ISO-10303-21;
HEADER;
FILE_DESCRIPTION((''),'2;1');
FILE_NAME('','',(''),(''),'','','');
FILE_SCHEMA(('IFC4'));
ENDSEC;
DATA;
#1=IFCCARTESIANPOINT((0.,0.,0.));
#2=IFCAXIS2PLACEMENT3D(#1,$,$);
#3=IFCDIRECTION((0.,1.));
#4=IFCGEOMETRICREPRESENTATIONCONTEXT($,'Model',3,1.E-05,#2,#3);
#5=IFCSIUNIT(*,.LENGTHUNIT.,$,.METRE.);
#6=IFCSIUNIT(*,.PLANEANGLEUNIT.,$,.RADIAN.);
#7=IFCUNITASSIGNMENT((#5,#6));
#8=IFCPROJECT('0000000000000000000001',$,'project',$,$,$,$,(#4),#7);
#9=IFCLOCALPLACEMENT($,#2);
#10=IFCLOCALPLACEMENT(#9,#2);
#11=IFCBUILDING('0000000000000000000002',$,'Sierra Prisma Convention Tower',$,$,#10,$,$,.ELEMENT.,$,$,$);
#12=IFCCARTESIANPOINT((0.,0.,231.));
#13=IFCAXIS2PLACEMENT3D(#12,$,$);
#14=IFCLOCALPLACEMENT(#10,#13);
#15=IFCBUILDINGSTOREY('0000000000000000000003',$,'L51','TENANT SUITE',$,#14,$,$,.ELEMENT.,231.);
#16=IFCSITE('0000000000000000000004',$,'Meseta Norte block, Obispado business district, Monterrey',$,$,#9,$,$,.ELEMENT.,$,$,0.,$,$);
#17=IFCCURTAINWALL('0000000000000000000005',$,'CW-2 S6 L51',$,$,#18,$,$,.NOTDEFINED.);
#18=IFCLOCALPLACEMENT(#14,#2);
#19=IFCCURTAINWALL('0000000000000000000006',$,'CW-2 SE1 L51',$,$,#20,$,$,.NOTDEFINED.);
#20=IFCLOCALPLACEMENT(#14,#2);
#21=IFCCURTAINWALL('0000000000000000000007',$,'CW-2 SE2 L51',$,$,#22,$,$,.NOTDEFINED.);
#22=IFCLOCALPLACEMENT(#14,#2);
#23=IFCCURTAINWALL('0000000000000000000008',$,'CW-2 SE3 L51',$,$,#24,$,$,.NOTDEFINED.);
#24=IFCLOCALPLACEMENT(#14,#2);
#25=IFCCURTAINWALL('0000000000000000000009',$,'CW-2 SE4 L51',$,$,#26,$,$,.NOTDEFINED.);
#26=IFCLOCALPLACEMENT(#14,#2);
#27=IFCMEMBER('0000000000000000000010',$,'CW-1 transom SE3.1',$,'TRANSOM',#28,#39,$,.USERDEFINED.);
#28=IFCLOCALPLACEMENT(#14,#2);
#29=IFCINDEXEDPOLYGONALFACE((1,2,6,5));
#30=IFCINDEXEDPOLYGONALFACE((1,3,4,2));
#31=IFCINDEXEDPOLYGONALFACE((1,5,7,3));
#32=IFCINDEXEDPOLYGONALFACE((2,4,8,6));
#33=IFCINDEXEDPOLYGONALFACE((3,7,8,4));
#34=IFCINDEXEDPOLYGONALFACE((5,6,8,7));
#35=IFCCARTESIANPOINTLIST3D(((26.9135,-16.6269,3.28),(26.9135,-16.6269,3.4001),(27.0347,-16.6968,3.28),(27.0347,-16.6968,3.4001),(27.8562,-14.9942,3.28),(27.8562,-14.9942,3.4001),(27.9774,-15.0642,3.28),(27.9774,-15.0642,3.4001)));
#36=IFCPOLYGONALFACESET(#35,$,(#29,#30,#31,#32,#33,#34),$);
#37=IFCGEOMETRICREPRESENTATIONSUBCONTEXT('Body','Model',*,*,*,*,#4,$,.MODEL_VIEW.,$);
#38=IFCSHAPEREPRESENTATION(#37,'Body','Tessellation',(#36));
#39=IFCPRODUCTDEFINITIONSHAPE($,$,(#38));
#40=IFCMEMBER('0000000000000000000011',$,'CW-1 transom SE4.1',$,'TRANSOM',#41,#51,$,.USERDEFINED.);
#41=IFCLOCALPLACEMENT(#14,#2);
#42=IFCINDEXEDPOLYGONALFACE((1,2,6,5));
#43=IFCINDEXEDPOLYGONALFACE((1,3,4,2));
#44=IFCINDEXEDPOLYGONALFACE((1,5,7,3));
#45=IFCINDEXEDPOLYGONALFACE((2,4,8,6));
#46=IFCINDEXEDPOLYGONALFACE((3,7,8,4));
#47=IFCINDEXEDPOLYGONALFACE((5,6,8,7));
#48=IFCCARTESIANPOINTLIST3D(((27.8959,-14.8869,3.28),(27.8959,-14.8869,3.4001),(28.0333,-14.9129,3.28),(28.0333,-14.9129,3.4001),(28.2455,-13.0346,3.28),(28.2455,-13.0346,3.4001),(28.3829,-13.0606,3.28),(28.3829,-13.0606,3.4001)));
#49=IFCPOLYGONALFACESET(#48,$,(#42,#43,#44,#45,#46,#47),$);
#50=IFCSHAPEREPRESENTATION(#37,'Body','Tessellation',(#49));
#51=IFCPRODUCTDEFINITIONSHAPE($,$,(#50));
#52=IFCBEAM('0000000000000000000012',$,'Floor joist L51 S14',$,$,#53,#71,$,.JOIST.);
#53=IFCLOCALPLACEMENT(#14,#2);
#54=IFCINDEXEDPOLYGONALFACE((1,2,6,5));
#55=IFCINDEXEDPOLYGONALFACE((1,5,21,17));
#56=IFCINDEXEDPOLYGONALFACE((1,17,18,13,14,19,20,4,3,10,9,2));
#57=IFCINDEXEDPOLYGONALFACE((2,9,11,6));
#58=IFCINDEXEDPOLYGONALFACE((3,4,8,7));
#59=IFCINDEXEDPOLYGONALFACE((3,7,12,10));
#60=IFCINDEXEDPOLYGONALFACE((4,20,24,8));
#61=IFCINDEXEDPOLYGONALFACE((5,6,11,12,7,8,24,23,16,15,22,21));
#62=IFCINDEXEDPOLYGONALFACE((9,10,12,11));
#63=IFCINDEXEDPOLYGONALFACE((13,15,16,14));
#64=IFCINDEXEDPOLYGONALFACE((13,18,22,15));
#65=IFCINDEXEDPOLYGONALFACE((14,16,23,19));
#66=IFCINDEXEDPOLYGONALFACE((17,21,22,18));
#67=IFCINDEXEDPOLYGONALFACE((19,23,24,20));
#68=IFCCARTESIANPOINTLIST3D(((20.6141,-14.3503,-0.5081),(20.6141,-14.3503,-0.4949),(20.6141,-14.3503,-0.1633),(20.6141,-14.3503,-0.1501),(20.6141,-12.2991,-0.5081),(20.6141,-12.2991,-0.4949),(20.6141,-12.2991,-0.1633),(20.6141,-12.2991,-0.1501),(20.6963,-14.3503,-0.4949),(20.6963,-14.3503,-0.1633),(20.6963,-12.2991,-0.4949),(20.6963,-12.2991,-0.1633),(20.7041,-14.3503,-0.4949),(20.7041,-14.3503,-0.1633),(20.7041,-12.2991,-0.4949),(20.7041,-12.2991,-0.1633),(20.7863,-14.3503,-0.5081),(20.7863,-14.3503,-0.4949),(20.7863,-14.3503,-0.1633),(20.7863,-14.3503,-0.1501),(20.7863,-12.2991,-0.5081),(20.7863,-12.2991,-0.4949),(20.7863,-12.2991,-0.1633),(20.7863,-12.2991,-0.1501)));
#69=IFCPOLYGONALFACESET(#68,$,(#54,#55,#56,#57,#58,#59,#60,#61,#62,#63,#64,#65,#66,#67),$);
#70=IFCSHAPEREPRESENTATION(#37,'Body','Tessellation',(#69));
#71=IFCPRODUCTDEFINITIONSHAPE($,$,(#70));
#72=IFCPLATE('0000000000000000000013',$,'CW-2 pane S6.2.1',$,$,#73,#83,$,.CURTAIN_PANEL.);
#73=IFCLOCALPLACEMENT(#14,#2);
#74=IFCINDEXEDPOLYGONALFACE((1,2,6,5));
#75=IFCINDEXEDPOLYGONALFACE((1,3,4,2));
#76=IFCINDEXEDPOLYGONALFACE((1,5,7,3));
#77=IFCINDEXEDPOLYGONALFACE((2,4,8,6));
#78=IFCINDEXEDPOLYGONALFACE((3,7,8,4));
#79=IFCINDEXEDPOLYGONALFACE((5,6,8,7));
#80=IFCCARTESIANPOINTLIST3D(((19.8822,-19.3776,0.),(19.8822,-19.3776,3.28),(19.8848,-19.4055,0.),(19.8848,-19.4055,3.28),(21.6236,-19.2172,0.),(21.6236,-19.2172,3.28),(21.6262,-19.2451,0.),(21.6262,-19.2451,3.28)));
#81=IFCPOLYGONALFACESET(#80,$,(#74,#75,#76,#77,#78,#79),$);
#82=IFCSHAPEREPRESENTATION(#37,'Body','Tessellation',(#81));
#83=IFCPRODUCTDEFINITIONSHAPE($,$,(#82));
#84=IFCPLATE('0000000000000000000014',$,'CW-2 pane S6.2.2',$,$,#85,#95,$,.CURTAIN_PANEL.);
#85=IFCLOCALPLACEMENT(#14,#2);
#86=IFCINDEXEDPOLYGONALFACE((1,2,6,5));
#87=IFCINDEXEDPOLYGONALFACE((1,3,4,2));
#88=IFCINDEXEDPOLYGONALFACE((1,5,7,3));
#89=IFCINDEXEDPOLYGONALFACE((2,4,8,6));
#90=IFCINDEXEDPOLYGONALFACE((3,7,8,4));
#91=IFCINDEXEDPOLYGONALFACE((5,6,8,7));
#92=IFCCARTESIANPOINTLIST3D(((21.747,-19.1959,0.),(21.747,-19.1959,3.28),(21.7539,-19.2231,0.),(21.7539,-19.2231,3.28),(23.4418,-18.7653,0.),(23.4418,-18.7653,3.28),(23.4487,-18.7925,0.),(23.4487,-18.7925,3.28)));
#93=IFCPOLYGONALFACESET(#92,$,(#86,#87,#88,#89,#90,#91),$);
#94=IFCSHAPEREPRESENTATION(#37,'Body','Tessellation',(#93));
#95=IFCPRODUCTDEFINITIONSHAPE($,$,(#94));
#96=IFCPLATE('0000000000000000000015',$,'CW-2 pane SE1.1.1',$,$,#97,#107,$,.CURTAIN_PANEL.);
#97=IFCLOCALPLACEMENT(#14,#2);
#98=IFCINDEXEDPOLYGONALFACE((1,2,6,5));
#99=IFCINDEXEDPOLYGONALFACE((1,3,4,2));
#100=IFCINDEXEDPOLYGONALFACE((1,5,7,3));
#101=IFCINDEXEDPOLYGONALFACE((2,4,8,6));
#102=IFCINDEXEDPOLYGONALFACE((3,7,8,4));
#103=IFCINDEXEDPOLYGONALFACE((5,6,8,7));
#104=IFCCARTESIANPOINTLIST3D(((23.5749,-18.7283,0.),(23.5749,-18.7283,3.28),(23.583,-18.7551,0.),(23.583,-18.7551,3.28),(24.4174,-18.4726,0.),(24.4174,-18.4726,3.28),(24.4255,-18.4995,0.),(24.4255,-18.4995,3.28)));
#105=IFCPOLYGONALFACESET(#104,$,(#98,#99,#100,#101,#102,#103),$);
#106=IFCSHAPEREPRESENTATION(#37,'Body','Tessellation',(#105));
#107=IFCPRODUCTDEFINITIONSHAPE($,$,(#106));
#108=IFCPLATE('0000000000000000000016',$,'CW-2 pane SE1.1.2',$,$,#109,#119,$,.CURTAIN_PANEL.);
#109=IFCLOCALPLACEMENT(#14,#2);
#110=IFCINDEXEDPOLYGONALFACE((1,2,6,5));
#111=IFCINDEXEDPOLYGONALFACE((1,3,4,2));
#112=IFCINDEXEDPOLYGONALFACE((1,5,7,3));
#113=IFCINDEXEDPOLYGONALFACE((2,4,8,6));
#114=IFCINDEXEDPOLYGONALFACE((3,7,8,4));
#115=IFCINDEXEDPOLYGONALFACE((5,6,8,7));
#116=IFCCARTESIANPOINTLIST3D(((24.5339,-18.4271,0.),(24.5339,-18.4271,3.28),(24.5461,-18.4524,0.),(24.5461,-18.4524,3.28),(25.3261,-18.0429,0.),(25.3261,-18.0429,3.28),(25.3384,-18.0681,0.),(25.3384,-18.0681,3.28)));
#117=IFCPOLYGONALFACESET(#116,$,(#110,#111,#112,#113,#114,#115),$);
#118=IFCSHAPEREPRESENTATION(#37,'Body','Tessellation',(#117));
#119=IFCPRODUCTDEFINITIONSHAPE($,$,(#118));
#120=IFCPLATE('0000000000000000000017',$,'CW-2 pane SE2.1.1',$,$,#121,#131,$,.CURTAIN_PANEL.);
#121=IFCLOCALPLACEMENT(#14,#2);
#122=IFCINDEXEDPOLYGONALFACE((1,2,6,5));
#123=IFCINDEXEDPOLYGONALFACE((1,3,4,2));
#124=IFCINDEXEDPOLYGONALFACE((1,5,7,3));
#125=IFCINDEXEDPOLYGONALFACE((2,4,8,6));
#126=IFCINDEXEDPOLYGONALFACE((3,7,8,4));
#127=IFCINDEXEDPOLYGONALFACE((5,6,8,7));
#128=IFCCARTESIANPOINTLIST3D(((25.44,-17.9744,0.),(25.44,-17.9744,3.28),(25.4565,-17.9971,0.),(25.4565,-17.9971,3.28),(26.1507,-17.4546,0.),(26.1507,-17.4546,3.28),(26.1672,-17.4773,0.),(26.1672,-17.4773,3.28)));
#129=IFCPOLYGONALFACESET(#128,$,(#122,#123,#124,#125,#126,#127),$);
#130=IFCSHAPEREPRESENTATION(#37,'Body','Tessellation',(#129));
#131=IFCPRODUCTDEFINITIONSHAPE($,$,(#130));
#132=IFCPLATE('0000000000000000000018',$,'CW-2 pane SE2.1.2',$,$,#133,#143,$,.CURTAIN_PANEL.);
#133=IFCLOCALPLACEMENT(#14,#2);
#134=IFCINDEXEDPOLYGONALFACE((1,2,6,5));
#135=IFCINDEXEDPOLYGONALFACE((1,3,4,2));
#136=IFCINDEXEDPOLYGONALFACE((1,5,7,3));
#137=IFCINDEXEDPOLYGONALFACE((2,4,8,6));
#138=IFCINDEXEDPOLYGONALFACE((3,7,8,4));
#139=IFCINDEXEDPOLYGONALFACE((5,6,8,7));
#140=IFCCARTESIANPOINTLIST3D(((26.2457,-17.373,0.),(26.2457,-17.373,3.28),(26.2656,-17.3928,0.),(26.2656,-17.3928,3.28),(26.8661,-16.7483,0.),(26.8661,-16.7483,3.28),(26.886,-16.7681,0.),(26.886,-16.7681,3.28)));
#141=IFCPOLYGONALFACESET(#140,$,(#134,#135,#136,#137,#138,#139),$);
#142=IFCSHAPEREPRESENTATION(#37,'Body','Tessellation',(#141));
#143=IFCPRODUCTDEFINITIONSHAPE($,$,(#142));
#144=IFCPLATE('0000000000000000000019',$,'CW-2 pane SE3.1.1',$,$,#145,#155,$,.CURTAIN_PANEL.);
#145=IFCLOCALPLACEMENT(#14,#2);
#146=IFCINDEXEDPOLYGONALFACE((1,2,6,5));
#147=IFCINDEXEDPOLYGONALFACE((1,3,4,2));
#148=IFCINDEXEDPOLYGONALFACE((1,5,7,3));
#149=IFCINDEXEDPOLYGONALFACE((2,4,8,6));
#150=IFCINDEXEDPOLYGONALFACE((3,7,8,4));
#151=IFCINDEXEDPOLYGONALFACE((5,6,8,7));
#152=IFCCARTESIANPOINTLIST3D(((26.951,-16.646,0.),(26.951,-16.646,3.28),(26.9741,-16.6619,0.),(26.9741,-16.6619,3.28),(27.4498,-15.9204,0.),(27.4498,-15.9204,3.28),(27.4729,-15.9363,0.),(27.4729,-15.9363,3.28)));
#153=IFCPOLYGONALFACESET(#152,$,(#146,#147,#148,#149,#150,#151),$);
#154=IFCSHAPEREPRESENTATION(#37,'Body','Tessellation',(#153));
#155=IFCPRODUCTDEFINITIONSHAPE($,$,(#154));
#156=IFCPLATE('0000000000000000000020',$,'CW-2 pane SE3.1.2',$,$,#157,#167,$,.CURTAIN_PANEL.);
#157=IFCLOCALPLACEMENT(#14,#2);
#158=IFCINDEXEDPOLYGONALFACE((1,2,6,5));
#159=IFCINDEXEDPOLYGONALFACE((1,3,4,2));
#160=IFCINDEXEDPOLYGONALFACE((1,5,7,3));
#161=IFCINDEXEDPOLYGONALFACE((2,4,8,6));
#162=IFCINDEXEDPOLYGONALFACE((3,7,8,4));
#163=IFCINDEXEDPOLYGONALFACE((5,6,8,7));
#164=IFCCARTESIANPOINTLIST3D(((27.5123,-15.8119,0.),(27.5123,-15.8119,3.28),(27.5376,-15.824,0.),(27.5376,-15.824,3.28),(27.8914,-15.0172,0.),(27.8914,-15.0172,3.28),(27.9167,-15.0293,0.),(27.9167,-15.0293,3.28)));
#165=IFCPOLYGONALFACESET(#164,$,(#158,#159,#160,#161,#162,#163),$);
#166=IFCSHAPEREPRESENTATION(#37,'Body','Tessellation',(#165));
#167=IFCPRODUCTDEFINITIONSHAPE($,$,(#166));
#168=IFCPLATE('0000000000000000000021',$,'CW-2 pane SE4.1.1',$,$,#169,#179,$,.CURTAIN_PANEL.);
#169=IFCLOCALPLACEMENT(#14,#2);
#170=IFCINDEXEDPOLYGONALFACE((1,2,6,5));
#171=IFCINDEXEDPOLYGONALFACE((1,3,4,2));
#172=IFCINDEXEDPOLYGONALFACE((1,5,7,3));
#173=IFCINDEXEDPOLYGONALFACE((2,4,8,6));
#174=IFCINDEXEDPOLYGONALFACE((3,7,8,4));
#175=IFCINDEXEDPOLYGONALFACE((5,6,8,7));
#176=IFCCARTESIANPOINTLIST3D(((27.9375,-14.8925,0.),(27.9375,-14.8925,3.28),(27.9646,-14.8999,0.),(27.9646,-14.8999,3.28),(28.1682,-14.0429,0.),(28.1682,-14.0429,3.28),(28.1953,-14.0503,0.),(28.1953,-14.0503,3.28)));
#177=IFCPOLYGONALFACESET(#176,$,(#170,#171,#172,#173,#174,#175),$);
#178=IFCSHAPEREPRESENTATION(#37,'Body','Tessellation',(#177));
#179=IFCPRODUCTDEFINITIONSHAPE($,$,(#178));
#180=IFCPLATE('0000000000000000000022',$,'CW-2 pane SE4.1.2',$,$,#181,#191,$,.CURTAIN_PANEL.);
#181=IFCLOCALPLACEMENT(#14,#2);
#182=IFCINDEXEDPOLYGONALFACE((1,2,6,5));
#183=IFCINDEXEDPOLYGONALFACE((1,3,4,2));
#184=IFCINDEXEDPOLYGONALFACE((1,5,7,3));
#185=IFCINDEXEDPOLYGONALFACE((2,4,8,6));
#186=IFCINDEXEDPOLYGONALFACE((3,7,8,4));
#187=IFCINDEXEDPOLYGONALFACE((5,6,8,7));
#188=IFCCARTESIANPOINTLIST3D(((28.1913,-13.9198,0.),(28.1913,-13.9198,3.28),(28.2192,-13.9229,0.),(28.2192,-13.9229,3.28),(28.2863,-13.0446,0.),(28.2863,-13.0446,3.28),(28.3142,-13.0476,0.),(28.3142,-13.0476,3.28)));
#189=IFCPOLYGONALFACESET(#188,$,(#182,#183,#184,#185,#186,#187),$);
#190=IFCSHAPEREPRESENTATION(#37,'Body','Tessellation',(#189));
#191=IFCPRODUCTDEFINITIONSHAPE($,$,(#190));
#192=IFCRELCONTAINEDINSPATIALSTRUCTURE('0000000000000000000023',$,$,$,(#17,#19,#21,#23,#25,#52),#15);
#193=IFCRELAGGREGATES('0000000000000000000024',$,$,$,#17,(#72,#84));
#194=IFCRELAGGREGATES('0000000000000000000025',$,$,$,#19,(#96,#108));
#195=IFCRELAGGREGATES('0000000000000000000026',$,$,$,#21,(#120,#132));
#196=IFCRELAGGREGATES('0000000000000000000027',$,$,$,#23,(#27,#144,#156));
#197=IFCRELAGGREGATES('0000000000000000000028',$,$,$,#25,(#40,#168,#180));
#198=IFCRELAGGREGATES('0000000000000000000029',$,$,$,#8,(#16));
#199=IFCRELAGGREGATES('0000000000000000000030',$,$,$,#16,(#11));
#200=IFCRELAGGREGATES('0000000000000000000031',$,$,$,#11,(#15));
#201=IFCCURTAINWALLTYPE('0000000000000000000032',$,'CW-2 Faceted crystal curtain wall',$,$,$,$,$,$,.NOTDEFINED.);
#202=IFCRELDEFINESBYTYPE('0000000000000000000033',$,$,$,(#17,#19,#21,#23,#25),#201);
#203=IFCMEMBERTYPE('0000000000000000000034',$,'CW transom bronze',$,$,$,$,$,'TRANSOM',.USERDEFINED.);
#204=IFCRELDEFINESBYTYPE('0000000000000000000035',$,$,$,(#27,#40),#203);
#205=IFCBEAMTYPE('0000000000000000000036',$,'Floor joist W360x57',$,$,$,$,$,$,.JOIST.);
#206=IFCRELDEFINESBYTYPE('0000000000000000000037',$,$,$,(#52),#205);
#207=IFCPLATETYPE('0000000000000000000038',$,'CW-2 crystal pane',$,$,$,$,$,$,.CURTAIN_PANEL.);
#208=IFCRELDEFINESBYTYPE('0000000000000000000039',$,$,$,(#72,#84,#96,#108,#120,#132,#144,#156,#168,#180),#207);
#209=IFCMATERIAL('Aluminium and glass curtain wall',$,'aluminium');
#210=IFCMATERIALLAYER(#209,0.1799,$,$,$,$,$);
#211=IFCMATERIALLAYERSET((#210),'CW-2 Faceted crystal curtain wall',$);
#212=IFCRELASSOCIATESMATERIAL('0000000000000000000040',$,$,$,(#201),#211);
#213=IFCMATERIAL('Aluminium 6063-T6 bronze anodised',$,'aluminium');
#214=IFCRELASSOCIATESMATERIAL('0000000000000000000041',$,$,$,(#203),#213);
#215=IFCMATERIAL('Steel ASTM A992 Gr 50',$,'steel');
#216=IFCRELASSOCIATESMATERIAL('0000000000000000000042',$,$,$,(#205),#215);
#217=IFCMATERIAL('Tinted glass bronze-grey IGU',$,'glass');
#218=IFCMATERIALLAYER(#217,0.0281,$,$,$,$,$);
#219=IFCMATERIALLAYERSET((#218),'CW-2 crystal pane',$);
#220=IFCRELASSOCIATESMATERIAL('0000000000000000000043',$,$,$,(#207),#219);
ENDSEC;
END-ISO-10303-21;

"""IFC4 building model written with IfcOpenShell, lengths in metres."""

from ifc_helpers import new_model, si_unit, direction, frame, origin, origin_2d, place, context, subcontext, project, spatial, polyline, rectangle, i_section, outline, extrude, material, layer, layer_set, material_profile, profile_set, type_object, element, aggregate, save


model = new_model("IFC4")

# Units and contexts
model_context = context("Model", 3, precision=1e-05, world=origin(), true_north=direction((0.0, 1.0)))
body_context = subcontext(model_context, "Body", "Model", "MODEL_VIEW")
ifc_project = project(units=[si_unit("LENGTHUNIT", "METRE"), si_unit("PLANEANGLEUNIT", "RADIAN")], contexts=[model_context])

# Site, building, storey
site_placement = place(None, origin())
site = spatial("IfcSite", under=ifc_project, at=site_placement, Name="Meseta Norte block, Obispado business district, Monterrey", CompositionType="ELEMENT", RefElevation=0.0)
building_placement = place(site_placement, origin())
building = spatial("IfcBuilding", under=site, at=building_placement, Name="Sierra Prisma Convention Tower", CompositionType="ELEMENT")
storey_placement = place(building_placement, frame((0.0, 0.0, 231.0)))
storey = spatial("IfcBuildingStorey", under=building, at=storey_placement, Name="L51", Description="TENANT SUITE", CompositionType="ELEMENT", Elevation=231.0)

# Curtain walls
ifc_material_1 = material(Name="Aluminium and glass curtain wall", Category="aluminium")
ifc_layer_1 = layer(ifc_material_1, 0.1799)
ifc_layer_set_1 = layer_set([ifc_layer_1], Name="CW-2 Faceted crystal curtain wall")
curtain_wall_type = type_object("IfcCurtainWallType", Name="CW-2 Faceted crystal curtain wall", PredefinedType="NOTDEFINED", material=ifc_layer_set_1)
curtain_wall_1_placement = place(storey_placement, origin())
curtain_wall_1 = element("IfcCurtainWall", 1, at=curtain_wall_1_placement, inside=storey, type_object=curtain_wall_type, Name="CW-2 S6 L51", PredefinedType="NOTDEFINED")
curtain_wall_2_placement = place(storey_placement, origin())
curtain_wall_2 = element("IfcCurtainWall", 2, at=curtain_wall_2_placement, inside=storey, type_object=curtain_wall_type, Name="CW-2 SE1 L51", PredefinedType="NOTDEFINED")
curtain_wall_3_placement = place(storey_placement, origin())
curtain_wall_3 = element("IfcCurtainWall", 3, at=curtain_wall_3_placement, inside=storey, type_object=curtain_wall_type, Name="CW-2 SE2 L51", PredefinedType="NOTDEFINED")
curtain_wall_4_placement = place(storey_placement, origin())
curtain_wall_4 = element("IfcCurtainWall", 4, at=curtain_wall_4_placement, inside=storey, type_object=curtain_wall_type, Name="CW-2 SE3 L51", PredefinedType="NOTDEFINED")
curtain_wall_5_placement = place(storey_placement, origin())
curtain_wall_5 = element("IfcCurtainWall", 5, at=curtain_wall_5_placement, inside=storey, type_object=curtain_wall_type, Name="CW-2 SE4 L51", PredefinedType="NOTDEFINED")

# Members
ifc_material_2 = material(Name="Aluminium 6063-T6 bronze anodised", Category="aluminium")
ifc_material_profile_1 = material_profile(ifc_material_2, rectangle(XDim=0.1399, YDim=0.1201, at=origin_2d()), Name="ALU TRANSOM 120x140")
ifc_profile_set_1 = profile_set([ifc_material_profile_1], Name="Aluminium 6063-T6 bronze anodised")
member_type_1 = type_object("IfcMemberType", Name="CW transom bronze", ElementType="TRANSOM", PredefinedType="USERDEFINED", material=ifc_profile_set_1)
member_1_placement = place(storey_placement, frame((26.9741, -16.6619, 3.3401), z_axis=(0.500025, 0.866011, 0.0), x_axis=(-0.866011, 0.500025, 0.0)))
member_1 = element("IfcMember", 6, at=member_1_placement, type_object=member_type_1, Name="CW-1 transom SE3.1", ObjectType="TRANSOM", PredefinedType="USERDEFINED", context=body_context, shape_type="SweptSolid", body=[
    extrude(rectangle(XDim=0.1399, YDim=0.1201, at=origin_2d()), origin(), (0.0, 0.0, 1.0), 1.8853),
])
member_2_placement = place(storey_placement, frame((27.9646, -14.8999, 3.3401), z_axis=(0.185469, 0.98265, 0.0), x_axis=(-0.98265, 0.185469, 0.0)))
member_2 = element("IfcMember", 7, at=member_2_placement, type_object=member_type_1, Name="CW-1 transom SE4.1", ObjectType="TRANSOM", PredefinedType="USERDEFINED", context=body_context, shape_type="SweptSolid", body=[
    extrude(rectangle(XDim=0.1399, YDim=0.1201, at=origin_2d()), origin(), (0.0, 0.0, 1.0), 1.885),
])

# Beam
ifc_material_3 = material(Name="Steel ASTM A992 Gr 50", Category="steel")
ifc_material_profile_2 = material_profile(ifc_material_3, i_section(OverallWidth=0.1721, OverallDepth=0.3579, WebThickness=0.0078, FlangeThickness=0.0132, at=origin_2d()), Name="W360x57")
ifc_profile_set_2 = profile_set([ifc_material_profile_2], Name="Steel ASTM A992 Gr 50")
beam_type = type_object("IfcBeamType", Name="Floor joist W360x57", PredefinedType="JOIST", material=ifc_profile_set_2)
beam_placement = place(storey_placement, frame((20.7002, -14.3503, -0.3291), z_axis=(0.0, 1.0, 0.0), x_axis=(-1.0, 0.0, 0.0)))
element("IfcBeam", 8, at=beam_placement, inside=storey, type_object=beam_type, Name="Floor joist L51 S14", PredefinedType="JOIST", context=body_context, shape_type="SweptSolid", body=[
    extrude(i_section(OverallWidth=0.1721, OverallDepth=0.3579, WebThickness=0.0078, FlangeThickness=0.0132, at=origin_2d()), origin(), (0.0, 0.0, 1.0), 2.0513),
])

# Plates
ifc_material_4 = material(Name="Tinted glass bronze-grey IGU", Category="glass")
ifc_layer_2 = layer(ifc_material_4, 0.0281)
ifc_layer_set_2 = layer_set([ifc_layer_2], Name="CW-2 crystal pane")
plate_type = type_object("IfcPlateType", Name="CW-2 crystal pane", PredefinedType="CURTAIN_PANEL", material=ifc_layer_set_2)
plate_1_placement = place(storey_placement, frame((19.8848, -19.4055, 0.0), z_axis=(0.091719, -0.995785, 0.0), x_axis=(0.995785, 0.091719, 0.0)))
plate_1 = element("IfcPlate", 9, at=plate_1_placement, type_object=plate_type, Name="CW-2 pane S6.2.1", PredefinedType="CURTAIN_PANEL", context=body_context, shape_type="SweptSolid", body=[
    extrude(outline(polyline([(0.0, 0.0), (1.7488, 0.0), (1.7488, 3.28), (0.0, 3.28), (0.0, 0.0)])), origin(), (0.0, 0.0, -1.0), 0.0281),
])
plate_2_placement = place(storey_placement, frame((23.4487, -18.7925, 0.0), z_axis=(0.246279, -0.969199, 0.0), x_axis=(-0.969199, -0.246279, 0.0)))
plate_2 = element("IfcPlate", 10, at=plate_2_placement, type_object=plate_type, Name="CW-2 pane S6.2.2", PredefinedType="CURTAIN_PANEL", context=body_context, shape_type="SweptSolid", body=[
    extrude(outline(polyline([(0.0, 0.0), (1.7487, 0.0), (1.7487, -3.28), (0.0, -3.28), (0.0, 0.0)])), origin(), (0.0, 0.0, -1.0), 0.0281),
])
aggregate(curtain_wall_1, [plate_1, plate_2])
plate_3_placement = place(storey_placement, frame((23.583, -18.7551, 0.0), z_axis=(0.290323, -0.956929, 0.0), x_axis=(0.956929, 0.290323, 0.0)))
plate_3 = element("IfcPlate", 11, at=plate_3_placement, type_object=plate_type, Name="CW-2 pane SE1.1.1", PredefinedType="CURTAIN_PANEL", context=body_context, shape_type="SweptSolid", body=[
    extrude(outline(polyline([(0.0, 0.0), (0.8805, 0.0), (0.8805, 3.28), (0.0, 3.28), (0.0, 0.0)])), origin(), (0.0, 0.0, -1.0), 0.0281),
])
plate_4_placement = place(storey_placement, frame((25.3384, -18.0681, 0.0), z_axis=(0.436423, -0.899742, 0.0), x_axis=(-0.899742, -0.436423, 0.0)))
plate_4 = element("IfcPlate", 12, at=plate_4_placement, type_object=plate_type, Name="CW-2 pane SE1.1.2", PredefinedType="CURTAIN_PANEL", context=body_context, shape_type="SweptSolid", body=[
    extrude(outline(polyline([(0.0, 0.0), (0.8805, 0.0), (0.8805, -3.28), (0.0, -3.28), (0.0, 0.0)])), origin(), (0.0, 0.0, -1.0), 0.0281),
])
aggregate(curtain_wall_2, [plate_3, plate_4])
plate_5_placement = place(storey_placement, frame((25.4565, -17.9971, 0.0), z_axis=(0.590329, -0.807162, 0.0), x_axis=(0.807162, 0.590329, 0.0)))
plate_5 = element("IfcPlate", 13, at=plate_5_placement, type_object=plate_type, Name="CW-2 pane SE2.1.1", PredefinedType="CURTAIN_PANEL", context=body_context, shape_type="SweptSolid", body=[
    extrude(outline(polyline([(0.0, 0.0), (0.8805, 0.0), (0.8805, 3.28), (0.0, 3.28), (0.0, 0.0)])), origin(), (0.0, 0.0, -1.0), 0.0281),
])
plate_6_placement = place(storey_placement, frame((26.886, -16.7681, 0.0), z_axis=(0.709598, -0.704607, 0.0), x_axis=(-0.704607, -0.709598, 0.0)))
plate_6 = element("IfcPlate", 14, at=plate_6_placement, type_object=plate_type, Name="CW-2 pane SE2.1.2", PredefinedType="CURTAIN_PANEL", context=body_context, shape_type="SweptSolid", body=[
    extrude(outline(polyline([(0.0, 0.0), (0.8804, 0.0), (0.8804, -3.28), (0.0, -3.28), (0.0, 0.0)])), origin(), (0.0, 0.0, -1.0), 0.0281),
])
aggregate(curtain_wall_3, [plate_5, plate_6])
plate_7_placement = place(storey_placement, frame((26.9741, -16.6619, 0.0), z_axis=(0.824074, -0.566482, 0.0), x_axis=(0.566482, 0.824074, 0.0)))
plate_7 = element("IfcPlate", 15, at=plate_7_placement, type_object=plate_type, Name="CW-2 pane SE3.1.1", PredefinedType="CURTAIN_PANEL", context=body_context, shape_type="SweptSolid", body=[
    extrude(outline(polyline([(0.0, 0.0), (0.8805, 0.0), (0.8805, 3.28), (0.0, 3.28), (0.0, 0.0)])), origin(), (0.0, 0.0, -1.0), 0.0281),
])
plate_8_placement = place(storey_placement, frame((27.9167, -15.0293, 0.0), z_axis=(0.902537, -0.430612, 0.0), x_axis=(-0.430612, -0.902537, 0.0)))
plate_8 = element("IfcPlate", 16, at=plate_8_placement, type_object=plate_type, Name="CW-2 pane SE3.1.2", PredefinedType="CURTAIN_PANEL", context=body_context, shape_type="SweptSolid", body=[
    extrude(outline(polyline([(0.0, 0.0), (0.8805, 0.0), (0.8805, -3.28), (0.0, -3.28), (0.0, 0.0)])), origin(), (0.0, 0.0, -1.0), 0.0281),
])
aggregate(curtain_wall_4, [member_1, plate_7, plate_8])
plate_9_placement = place(storey_placement, frame((27.9646, -14.8999, 0.0), z_axis=(0.965051, -0.262061, 0.0), x_axis=(0.262061, 0.965051, 0.0)))
plate_9 = element("IfcPlate", 17, at=plate_9_placement, type_object=plate_type, Name="CW-2 pane SE4.1.1", PredefinedType="CURTAIN_PANEL", context=body_context, shape_type="SweptSolid", body=[
    extrude(outline(polyline([(0.0, 0.0), (0.8804, 0.0), (0.8804, 3.28), (0.0, 3.28), (0.0, 0.0)])), origin(), (0.0, 0.0, -1.0), 0.0281),
])
plate_10_placement = place(storey_placement, frame((28.3142, -13.0476, 0.0), z_axis=(0.994165, -0.107874, 0.0), x_axis=(-0.107874, -0.994165, 0.0)))
plate_10 = element("IfcPlate", 18, at=plate_10_placement, type_object=plate_type, Name="CW-2 pane SE4.1.2", PredefinedType="CURTAIN_PANEL", context=body_context, shape_type="SweptSolid", body=[
    extrude(outline(polyline([(0.0, 0.0), (0.8804, 0.0), (0.8804, -3.28), (0.0, -3.28), (0.0, 0.0)])), origin(), (0.0, 0.0, -1.0), 0.0281),
])
aggregate(curtain_wall_5, [member_2, plate_9, plate_10])

save(model, "model.ifc")
